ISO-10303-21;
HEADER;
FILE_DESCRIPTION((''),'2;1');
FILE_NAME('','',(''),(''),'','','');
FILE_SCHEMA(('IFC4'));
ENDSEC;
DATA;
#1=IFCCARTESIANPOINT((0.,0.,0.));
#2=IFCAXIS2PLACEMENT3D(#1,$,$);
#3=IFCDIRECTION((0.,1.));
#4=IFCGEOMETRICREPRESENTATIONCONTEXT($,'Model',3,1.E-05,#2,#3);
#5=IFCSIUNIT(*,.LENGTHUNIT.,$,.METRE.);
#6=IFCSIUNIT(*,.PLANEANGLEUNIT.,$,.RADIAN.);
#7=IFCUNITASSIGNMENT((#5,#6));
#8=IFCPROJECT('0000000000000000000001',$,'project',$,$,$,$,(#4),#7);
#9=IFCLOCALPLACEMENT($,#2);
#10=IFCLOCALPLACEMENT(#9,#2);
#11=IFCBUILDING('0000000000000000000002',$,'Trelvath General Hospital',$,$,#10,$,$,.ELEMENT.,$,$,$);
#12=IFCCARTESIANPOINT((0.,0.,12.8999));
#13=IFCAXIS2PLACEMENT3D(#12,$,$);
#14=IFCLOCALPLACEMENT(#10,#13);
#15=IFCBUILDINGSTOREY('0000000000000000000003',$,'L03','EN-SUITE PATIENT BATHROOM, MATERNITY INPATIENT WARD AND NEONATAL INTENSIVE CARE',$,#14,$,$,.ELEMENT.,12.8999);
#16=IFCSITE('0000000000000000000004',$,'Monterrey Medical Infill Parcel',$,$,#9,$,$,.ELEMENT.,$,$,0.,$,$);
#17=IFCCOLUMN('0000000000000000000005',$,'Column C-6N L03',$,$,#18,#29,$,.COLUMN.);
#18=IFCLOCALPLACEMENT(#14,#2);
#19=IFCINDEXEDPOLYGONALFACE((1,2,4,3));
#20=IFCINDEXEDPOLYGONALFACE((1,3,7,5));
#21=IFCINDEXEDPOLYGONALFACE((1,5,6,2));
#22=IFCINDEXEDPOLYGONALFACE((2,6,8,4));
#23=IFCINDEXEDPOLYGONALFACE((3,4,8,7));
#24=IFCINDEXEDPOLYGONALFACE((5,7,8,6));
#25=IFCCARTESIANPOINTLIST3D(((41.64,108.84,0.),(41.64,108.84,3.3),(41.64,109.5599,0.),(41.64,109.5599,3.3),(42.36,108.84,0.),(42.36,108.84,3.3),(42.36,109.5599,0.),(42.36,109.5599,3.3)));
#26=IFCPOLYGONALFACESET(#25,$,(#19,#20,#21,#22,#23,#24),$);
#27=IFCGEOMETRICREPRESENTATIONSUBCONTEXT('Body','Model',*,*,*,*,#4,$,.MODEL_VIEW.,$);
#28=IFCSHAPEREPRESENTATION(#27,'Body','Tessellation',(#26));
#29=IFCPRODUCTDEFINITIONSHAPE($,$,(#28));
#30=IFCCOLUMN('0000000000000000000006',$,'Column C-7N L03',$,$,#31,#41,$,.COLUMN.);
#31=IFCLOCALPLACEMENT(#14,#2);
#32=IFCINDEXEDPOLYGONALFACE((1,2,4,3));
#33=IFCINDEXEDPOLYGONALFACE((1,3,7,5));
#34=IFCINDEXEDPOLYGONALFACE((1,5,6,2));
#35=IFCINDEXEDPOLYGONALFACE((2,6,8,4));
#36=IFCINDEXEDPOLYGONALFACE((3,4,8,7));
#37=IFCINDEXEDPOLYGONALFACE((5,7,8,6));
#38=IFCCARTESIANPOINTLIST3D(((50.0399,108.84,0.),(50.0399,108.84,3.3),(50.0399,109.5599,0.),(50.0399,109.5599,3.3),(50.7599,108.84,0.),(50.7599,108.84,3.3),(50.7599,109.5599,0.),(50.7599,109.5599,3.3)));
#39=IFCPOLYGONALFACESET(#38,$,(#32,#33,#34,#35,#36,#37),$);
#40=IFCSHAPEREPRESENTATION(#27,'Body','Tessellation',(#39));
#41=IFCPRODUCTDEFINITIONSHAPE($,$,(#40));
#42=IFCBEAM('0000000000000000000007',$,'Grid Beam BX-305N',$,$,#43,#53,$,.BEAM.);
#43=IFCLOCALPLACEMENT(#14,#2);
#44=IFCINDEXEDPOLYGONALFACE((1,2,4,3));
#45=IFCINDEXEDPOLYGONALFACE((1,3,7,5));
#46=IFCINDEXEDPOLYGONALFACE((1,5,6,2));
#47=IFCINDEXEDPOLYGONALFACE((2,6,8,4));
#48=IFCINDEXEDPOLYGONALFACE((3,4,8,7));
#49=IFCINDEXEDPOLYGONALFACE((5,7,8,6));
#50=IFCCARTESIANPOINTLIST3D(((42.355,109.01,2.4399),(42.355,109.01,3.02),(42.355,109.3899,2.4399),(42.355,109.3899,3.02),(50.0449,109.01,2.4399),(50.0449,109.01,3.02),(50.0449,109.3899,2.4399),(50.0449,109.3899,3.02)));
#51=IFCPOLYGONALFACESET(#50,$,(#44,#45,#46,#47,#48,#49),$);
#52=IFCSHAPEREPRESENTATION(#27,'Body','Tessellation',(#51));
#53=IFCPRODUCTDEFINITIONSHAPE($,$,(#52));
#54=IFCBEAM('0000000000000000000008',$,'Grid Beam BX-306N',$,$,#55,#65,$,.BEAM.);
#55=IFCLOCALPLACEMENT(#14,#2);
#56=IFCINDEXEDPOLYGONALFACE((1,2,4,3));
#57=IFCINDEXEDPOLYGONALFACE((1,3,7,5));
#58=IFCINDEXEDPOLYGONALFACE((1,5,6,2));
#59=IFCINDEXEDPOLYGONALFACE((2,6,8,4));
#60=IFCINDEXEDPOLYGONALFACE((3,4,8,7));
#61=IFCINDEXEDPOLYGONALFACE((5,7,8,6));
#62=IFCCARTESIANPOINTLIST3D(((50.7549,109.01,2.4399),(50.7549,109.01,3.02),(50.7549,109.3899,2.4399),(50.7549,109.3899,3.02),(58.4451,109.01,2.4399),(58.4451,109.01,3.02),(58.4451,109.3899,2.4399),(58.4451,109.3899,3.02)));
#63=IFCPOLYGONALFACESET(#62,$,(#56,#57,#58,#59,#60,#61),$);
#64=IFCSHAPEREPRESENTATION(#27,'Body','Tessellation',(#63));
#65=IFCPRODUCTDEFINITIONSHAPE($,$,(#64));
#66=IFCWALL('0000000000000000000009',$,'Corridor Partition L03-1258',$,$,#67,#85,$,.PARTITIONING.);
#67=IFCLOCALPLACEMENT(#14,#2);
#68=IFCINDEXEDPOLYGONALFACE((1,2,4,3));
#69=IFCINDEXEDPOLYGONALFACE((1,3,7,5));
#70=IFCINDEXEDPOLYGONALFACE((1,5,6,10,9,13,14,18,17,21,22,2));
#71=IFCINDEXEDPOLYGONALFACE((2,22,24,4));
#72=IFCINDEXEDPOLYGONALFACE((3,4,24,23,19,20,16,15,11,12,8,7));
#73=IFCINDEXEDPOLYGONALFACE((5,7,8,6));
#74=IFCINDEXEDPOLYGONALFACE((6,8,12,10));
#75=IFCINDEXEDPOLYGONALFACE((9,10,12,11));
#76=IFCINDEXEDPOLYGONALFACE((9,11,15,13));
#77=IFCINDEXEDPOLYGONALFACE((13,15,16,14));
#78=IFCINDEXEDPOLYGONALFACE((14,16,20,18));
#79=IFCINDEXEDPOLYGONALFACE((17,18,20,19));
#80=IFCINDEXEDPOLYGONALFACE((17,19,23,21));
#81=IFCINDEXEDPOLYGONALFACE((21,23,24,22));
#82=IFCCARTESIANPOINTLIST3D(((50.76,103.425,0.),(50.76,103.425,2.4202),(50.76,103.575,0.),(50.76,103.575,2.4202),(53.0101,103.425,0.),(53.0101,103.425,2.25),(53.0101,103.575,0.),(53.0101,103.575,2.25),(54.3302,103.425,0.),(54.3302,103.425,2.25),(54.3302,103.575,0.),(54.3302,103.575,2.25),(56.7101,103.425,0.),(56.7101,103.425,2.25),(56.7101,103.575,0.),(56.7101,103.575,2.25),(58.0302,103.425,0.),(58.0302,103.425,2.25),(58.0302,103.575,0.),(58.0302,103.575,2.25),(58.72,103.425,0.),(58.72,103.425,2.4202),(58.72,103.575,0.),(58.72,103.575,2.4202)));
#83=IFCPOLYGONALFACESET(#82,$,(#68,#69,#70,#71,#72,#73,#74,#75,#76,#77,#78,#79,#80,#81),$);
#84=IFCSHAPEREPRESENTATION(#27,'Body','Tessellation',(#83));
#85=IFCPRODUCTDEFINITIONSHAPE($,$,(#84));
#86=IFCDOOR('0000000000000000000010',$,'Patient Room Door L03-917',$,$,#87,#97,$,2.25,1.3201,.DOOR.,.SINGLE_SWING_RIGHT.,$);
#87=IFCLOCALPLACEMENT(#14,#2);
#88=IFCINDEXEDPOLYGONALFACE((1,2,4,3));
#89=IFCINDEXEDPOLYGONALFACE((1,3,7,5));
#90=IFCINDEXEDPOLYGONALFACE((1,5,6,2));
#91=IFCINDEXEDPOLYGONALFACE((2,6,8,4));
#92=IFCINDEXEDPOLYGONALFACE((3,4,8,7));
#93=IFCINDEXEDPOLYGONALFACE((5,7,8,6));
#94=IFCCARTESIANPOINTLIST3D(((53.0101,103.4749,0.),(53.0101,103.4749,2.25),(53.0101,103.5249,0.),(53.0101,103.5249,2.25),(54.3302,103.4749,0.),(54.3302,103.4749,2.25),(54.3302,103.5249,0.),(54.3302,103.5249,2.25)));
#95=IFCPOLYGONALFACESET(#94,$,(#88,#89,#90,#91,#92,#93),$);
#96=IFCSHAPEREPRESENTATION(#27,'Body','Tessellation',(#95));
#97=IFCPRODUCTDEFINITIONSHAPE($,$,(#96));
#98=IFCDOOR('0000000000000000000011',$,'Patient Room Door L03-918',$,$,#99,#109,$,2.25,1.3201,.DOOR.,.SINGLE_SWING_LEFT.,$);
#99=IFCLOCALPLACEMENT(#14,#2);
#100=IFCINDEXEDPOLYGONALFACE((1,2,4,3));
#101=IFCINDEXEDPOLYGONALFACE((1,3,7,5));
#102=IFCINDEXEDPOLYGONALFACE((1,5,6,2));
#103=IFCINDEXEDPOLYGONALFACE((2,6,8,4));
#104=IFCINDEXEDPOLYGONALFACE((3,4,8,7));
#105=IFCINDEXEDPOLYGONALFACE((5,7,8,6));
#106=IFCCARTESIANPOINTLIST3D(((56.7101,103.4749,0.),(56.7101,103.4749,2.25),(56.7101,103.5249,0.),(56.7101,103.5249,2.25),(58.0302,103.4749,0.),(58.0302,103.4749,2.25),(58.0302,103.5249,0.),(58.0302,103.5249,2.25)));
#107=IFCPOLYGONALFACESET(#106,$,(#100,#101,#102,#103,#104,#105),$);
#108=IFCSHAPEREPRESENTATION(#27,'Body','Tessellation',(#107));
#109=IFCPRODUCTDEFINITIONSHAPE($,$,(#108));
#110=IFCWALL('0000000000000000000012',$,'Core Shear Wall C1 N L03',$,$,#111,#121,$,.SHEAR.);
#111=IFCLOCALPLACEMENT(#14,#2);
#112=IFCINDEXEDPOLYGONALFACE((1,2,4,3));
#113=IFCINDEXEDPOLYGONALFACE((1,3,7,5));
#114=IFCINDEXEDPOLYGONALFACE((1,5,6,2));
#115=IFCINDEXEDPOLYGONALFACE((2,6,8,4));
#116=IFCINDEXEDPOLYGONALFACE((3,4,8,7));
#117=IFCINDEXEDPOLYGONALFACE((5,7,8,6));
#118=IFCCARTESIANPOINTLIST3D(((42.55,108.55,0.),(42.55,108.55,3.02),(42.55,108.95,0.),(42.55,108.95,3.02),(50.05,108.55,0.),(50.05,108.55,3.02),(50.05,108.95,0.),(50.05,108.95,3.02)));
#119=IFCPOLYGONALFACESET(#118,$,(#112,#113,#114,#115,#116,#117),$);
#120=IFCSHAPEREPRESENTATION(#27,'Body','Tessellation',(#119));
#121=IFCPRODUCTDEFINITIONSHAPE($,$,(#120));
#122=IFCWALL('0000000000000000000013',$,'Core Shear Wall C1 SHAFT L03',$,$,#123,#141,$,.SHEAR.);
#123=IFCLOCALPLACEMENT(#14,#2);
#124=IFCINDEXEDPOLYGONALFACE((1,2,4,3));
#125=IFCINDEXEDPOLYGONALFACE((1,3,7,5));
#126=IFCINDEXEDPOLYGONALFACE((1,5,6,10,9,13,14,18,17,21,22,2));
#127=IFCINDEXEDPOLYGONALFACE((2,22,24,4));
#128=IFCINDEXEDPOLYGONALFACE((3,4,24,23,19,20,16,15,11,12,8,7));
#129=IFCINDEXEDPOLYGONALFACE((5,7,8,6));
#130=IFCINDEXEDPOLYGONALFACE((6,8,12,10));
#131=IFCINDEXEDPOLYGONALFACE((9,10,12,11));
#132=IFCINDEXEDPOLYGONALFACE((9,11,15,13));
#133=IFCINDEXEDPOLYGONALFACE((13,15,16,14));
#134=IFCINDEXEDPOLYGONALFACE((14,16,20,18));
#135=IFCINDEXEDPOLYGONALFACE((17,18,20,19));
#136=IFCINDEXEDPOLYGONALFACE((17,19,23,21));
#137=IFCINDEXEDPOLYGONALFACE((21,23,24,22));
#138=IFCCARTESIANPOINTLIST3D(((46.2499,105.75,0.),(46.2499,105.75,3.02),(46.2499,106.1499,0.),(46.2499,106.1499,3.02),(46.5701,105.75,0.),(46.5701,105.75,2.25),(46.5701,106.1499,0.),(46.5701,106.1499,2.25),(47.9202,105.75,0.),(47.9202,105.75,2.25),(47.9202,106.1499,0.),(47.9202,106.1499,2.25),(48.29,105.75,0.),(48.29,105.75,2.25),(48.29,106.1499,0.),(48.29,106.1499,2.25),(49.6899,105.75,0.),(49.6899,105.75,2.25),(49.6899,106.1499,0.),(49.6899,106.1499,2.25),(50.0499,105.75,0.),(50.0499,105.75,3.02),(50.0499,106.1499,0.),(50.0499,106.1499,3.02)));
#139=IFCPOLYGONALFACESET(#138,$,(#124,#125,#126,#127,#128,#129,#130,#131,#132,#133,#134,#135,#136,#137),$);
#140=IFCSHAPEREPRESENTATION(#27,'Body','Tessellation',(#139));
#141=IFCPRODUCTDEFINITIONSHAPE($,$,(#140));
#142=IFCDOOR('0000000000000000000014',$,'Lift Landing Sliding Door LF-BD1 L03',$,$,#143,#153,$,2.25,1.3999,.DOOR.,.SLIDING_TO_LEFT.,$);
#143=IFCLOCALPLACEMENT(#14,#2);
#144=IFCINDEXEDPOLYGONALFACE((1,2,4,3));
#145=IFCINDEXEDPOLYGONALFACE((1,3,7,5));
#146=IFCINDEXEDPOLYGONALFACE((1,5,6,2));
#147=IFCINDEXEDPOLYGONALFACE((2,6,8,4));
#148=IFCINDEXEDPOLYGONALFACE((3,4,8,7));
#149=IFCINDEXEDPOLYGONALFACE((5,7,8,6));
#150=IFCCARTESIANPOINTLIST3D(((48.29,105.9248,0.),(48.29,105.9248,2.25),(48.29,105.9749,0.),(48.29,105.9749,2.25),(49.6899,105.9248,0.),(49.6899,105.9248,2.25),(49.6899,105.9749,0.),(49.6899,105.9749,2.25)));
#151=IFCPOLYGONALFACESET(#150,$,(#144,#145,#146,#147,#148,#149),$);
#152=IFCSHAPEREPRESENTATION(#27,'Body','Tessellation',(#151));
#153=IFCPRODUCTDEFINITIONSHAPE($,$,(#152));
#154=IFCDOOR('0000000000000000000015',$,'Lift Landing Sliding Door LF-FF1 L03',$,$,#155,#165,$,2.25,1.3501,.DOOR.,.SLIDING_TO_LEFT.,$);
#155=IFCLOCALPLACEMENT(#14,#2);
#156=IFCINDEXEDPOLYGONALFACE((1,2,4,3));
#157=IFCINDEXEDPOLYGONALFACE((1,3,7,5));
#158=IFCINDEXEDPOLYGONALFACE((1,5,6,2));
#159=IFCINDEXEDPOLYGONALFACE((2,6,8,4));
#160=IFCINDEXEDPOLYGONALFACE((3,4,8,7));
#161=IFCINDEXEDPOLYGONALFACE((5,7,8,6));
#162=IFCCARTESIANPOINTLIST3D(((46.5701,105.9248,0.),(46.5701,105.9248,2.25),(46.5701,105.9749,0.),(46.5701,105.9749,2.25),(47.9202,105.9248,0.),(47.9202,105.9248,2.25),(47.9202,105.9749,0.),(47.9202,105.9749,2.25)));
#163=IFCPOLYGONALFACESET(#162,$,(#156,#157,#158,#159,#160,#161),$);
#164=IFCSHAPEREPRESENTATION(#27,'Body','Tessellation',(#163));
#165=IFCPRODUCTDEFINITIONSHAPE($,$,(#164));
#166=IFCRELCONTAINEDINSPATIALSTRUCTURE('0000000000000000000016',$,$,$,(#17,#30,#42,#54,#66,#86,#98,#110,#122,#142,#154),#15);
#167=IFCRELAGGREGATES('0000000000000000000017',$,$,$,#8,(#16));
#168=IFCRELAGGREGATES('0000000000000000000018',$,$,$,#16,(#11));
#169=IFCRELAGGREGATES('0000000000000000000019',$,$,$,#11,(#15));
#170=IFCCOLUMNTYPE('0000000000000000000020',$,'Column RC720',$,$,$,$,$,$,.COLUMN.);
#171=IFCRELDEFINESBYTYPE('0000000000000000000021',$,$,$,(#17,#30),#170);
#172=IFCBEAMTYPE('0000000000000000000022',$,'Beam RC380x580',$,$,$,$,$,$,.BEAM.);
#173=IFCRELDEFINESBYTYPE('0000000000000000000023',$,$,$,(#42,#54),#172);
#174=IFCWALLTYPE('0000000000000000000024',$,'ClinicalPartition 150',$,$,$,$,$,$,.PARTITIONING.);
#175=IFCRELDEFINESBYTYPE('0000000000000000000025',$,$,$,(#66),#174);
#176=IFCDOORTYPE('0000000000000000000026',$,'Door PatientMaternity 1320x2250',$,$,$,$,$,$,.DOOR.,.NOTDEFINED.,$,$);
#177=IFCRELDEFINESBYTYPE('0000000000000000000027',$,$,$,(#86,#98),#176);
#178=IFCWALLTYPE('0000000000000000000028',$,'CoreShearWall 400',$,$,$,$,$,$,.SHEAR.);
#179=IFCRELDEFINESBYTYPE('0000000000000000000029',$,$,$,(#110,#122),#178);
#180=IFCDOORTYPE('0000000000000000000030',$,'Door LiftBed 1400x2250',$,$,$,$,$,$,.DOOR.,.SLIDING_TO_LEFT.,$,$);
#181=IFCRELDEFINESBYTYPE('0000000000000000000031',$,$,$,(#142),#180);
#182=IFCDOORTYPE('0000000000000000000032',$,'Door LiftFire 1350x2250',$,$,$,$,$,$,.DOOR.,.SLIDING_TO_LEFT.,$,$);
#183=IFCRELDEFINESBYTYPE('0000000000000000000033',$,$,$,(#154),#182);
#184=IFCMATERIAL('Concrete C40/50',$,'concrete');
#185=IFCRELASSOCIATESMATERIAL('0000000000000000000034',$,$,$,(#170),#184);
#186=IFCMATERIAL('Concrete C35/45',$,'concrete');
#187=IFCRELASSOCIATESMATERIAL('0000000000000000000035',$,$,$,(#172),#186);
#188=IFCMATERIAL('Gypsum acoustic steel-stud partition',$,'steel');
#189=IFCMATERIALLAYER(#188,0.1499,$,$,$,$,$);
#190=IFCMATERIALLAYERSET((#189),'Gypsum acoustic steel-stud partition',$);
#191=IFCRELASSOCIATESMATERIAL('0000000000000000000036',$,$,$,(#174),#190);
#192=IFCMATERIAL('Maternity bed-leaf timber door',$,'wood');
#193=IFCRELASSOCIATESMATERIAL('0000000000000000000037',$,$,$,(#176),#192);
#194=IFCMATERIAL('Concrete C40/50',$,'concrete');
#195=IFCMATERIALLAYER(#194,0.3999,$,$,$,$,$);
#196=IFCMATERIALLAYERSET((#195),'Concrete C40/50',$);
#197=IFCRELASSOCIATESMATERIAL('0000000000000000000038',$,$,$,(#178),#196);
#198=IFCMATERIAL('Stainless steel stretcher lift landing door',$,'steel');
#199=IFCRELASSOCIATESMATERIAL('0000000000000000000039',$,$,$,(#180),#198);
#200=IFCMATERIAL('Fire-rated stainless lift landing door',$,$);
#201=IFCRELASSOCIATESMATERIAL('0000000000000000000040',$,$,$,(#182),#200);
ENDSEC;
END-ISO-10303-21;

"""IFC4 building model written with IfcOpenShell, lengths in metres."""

from ifc_helpers import new_model, si_unit, direction, frame, frame_2d, origin, origin_2d, place, context, subcontext, project, spatial, rectangle, extrude, material, layer, layer_set, material_profile, profile_set, type_object, element, fill, save


model = new_model("IFC4")

# Units and contexts
model_context = context("Model", 3, precision=1e-05, world=origin(), true_north=direction((0.0, 1.0)))
body_context = subcontext(model_context, "Body", "Model", "MODEL_VIEW")
ifc_project = project(units=[si_unit("LENGTHUNIT", "METRE"), si_unit("PLANEANGLEUNIT", "RADIAN")], contexts=[model_context])

# Site, building, storey
site_placement = place(None, origin())
site = spatial("IfcSite", under=ifc_project, at=site_placement, Name="Monterrey Medical Infill Parcel", CompositionType="ELEMENT", RefElevation=0.0)
building_placement = place(site_placement, origin())
building = spatial("IfcBuilding", under=site, at=building_placement, Name="Trelvath General Hospital", CompositionType="ELEMENT")
storey_placement = place(building_placement, frame((0.0, 0.0, 12.8999)))
storey = spatial("IfcBuildingStorey", under=building, at=storey_placement, Name="L03", Description="EN-SUITE PATIENT BATHROOM, MATERNITY INPATIENT WARD AND NEONATAL INTENSIVE CARE", CompositionType="ELEMENT", Elevation=12.8999)

# Columns
ifc_material_1 = material(Name="Concrete C40/50", Category="concrete")
ifc_material_profile_1 = material_profile(ifc_material_1, rectangle(XDim=0.72, YDim=0.72, at=origin_2d()), Name="RC720x720")
ifc_profile_set_1 = profile_set([ifc_material_profile_1], Name="Concrete C40/50")
column_type = type_object("IfcColumnType", Name="Column RC720", PredefinedType="COLUMN", material=ifc_profile_set_1)
for number, where, z_axis, x_axis, name in (
    (1, (42.0, 109.2, 0.0), (0.0, 0.0, 1.0), (1.0, 0.0, 0.0), "Column C-6N L03"),
    (2, (50.3999, 109.2, 0.0), (0.0, 0.0, 1.0), (1.0, 0.0, 0.0), "Column C-7N L03"),
):
    element("IfcColumn", number, at=place(storey_placement, frame(where, z_axis=z_axis, x_axis=x_axis)), inside=storey, type_object=column_type, Name=name, PredefinedType="COLUMN", context=body_context, shape_type="SweptSolid", body=[
        extrude(rectangle(XDim=0.72, YDim=0.72, at=origin_2d()), origin(), (0.0, 0.0, 1.0), 3.3),
    ])

# Beams
ifc_material_2 = material(Name="Concrete C35/45", Category="concrete")
ifc_material_profile_2 = material_profile(ifc_material_2, rectangle(XDim=0.3799, YDim=0.5801, at=origin_2d()), Name="RCB380x580")
ifc_profile_set_2 = profile_set([ifc_material_profile_2], Name="Concrete C35/45")
beam_type = type_object("IfcBeamType", Name="Beam RC380x580", PredefinedType="BEAM", material=ifc_profile_set_2)
beam_1_placement = place(storey_placement, frame((42.355, 109.2, 2.73), z_axis=(1.0, 0.0, 0.0), x_axis=(0.0, 1.0, 0.0)))
element("IfcBeam", 3, at=beam_1_placement, inside=storey, type_object=beam_type, Name="Grid Beam BX-305N", PredefinedType="BEAM", context=body_context, shape_type="SweptSolid", body=[
    extrude(rectangle(XDim=0.3799, YDim=0.5801, at=origin_2d()), origin(), (0.0, 0.0, 1.0), 7.6899),
])
beam_2_placement = place(storey_placement, frame((50.7549, 109.2, 2.73), z_axis=(1.0, 0.0, 0.0), x_axis=(0.0, 1.0, 0.0)))
element("IfcBeam", 4, at=beam_2_placement, inside=storey, type_object=beam_type, Name="Grid Beam BX-306N", PredefinedType="BEAM", context=body_context, shape_type="SweptSolid", body=[
    extrude(rectangle(XDim=0.3799, YDim=0.5801, at=origin_2d()), origin(), (0.0, 0.0, 1.0), 7.6902),
])

# Wall, openings, doors
ifc_material_3 = material(Name="Gypsum acoustic steel-stud partition", Category="steel")
ifc_layer_1 = layer(ifc_material_3, 0.1499)
ifc_layer_set_1 = layer_set([ifc_layer_1], Name="Gypsum acoustic steel-stud partition")
wall_type_1 = type_object("IfcWallType", Name="ClinicalPartition 150", PredefinedType="PARTITIONING", material=ifc_layer_set_1)
wall_1_placement = place(storey_placement, frame((50.76, 103.5, 0.0), z_axis=(0.0, 0.0, 1.0), x_axis=(1.0, 0.0, 0.0)))
wall_1 = element("IfcWall", 5, at=wall_1_placement, inside=storey, type_object=wall_type_1, Name="Corridor Partition L03-1258", PredefinedType="PARTITIONING", context=body_context, shape_type="SweptSolid", body=[
    extrude(rectangle(XDim=7.96, YDim=0.1499, at=frame_2d((3.98, 0.0))), origin(), (0.0, 0.0, 1.0), 2.4202),
])
opening_1_placement = place(wall_1_placement, frame((2.25, 0.0, 0.0)))
opening_1 = element("IfcOpeningElement", 6, at=opening_1_placement, cuts=wall_1, PredefinedType="OPENING", context=body_context, shape_type="SweptSolid", body=[
    extrude(rectangle(XDim=1.3201, YDim=2.25, at=frame_2d((0.6602, 1.125))), frame((0.0, 0.085, 0.0), z_axis=(0.0, -1.0, 0.0), x_axis=(1.0, 0.0, 0.0)), (0.0, 0.0, 1.0), 0.1699),
])
opening_2_placement = place(wall_1_placement, frame((5.95, 0.0, 0.0)))
opening_2 = element("IfcOpeningElement", 7, at=opening_2_placement, cuts=wall_1, PredefinedType="OPENING", context=body_context, shape_type="SweptSolid", body=[
    extrude(rectangle(XDim=1.3201, YDim=2.25, at=frame_2d((0.6602, 1.125))), frame((0.0, 0.085, 0.0), z_axis=(0.0, -1.0, 0.0), x_axis=(1.0, 0.0, 0.0)), (0.0, 0.0, 1.0), 0.1699),
])
ifc_material_4 = material(Name="Maternity bed-leaf timber door", Category="wood")
door_type_1 = type_object("IfcDoorType", Name="Door PatientMaternity 1320x2250", OperationType="NOTDEFINED", PredefinedType="DOOR", material=ifc_material_4)
door_1_placement = place(opening_1_placement, origin())
door_1 = element("IfcDoor", 8, at=door_1_placement, inside=storey, type_object=door_type_1, Name="Patient Room Door L03-917", OperationType="SINGLE_SWING_RIGHT", OverallHeight=2.25, OverallWidth=1.3201, PredefinedType="DOOR", context=body_context, shape_type="SweptSolid", body=[
    extrude(rectangle(XDim=1.3201, YDim=2.25, at=frame_2d((0.6602, 1.125))), frame((0.0, 0.0249, 0.0), z_axis=(0.0, -1.0, 0.0), x_axis=(1.0, 0.0, 0.0)), (0.0, 0.0, 1.0), 0.05),
])
fill(opening_1, door_1)
door_2_placement = place(opening_2_placement, origin())
door_2 = element("IfcDoor", 9, at=door_2_placement, inside=storey, type_object=door_type_1, Name="Patient Room Door L03-918", OperationType="SINGLE_SWING_LEFT", OverallHeight=2.25, OverallWidth=1.3201, PredefinedType="DOOR", context=body_context, shape_type="SweptSolid", body=[
    extrude(rectangle(XDim=1.3201, YDim=2.25, at=frame_2d((0.6602, 1.125))), frame((0.0, 0.0249, 0.0), z_axis=(0.0, -1.0, 0.0), x_axis=(1.0, 0.0, 0.0)), (0.0, 0.0, 1.0), 0.05),
])
fill(opening_2, door_2)

# Wall
ifc_material_5 = material(Name="Concrete C40/50", Category="concrete")
ifc_layer_2 = layer(ifc_material_5, 0.3999)
ifc_layer_set_2 = layer_set([ifc_layer_2], Name="Concrete C40/50")
wall_type_2 = type_object("IfcWallType", Name="CoreShearWall 400", PredefinedType="SHEAR", material=ifc_layer_set_2)
wall_2_placement = place(storey_placement, frame((42.55, 108.75, 0.0), z_axis=(0.0, 0.0, 1.0), x_axis=(1.0, 0.0, 0.0)))
element("IfcWall", 10, at=wall_2_placement, inside=storey, type_object=wall_type_2, Name="Core Shear Wall C1 N L03", PredefinedType="SHEAR", context=body_context, shape_type="SweptSolid", body=[
    extrude(rectangle(XDim=7.5, YDim=0.3999, at=frame_2d((3.75, 0.0))), origin(), (0.0, 0.0, 1.0), 3.02),
])

# Wall, openings, doors
wall_3_placement = place(storey_placement, frame((46.25, 105.95, 0.0), z_axis=(0.0, 0.0, 1.0), x_axis=(1.0, 0.0, 0.0)))
wall_3 = element("IfcWall", 11, at=wall_3_placement, inside=storey, type_object=wall_type_2, Name="Core Shear Wall C1 SHAFT L03", PredefinedType="SHEAR", context=body_context, shape_type="SweptSolid", body=[
    extrude(rectangle(XDim=3.8, YDim=0.3999, at=frame_2d((1.8999, 0.0))), origin(), (0.0, 0.0, 1.0), 3.02),
])
opening_3_placement = place(wall_3_placement, frame((0.3201, 0.0, 0.0)))
opening_3 = element("IfcOpeningElement", 12, at=opening_3_placement, cuts=wall_3, PredefinedType="OPENING", context=body_context, shape_type="SweptSolid", body=[
    extrude(rectangle(XDim=1.3501, YDim=2.25, at=frame_2d((0.675, 1.125))), frame((0.0, 0.21, 0.0), z_axis=(0.0, -1.0, 0.0), x_axis=(1.0, 0.0, 0.0)), (0.0, 0.0, 1.0), 0.4199),
])
opening_4_placement = place(wall_3_placement, frame((2.04, 0.0, 0.0)))
opening_4 = element("IfcOpeningElement", 13, at=opening_4_placement, cuts=wall_3, PredefinedType="OPENING", context=body_context, shape_type="SweptSolid", body=[
    extrude(rectangle(XDim=1.3999, YDim=2.25, at=frame_2d((0.7, 1.125))), frame((0.0, 0.21, 0.0), z_axis=(0.0, -1.0, 0.0), x_axis=(1.0, 0.0, 0.0)), (0.0, 0.0, 1.0), 0.4199),
])
ifc_material_6 = material(Name="Stainless steel stretcher lift landing door", Category="steel")
door_type_2 = type_object("IfcDoorType", Name="Door LiftBed 1400x2250", OperationType="SLIDING_TO_LEFT", PredefinedType="DOOR", material=ifc_material_6)
door_3_placement = place(opening_4_placement, origin())
door_3 = element("IfcDoor", 14, at=door_3_placement, inside=storey, type_object=door_type_2, Name="Lift Landing Sliding Door LF-BD1 L03", OperationType="SLIDING_TO_LEFT", OverallHeight=2.25, OverallWidth=1.3999, PredefinedType="DOOR", context=body_context, shape_type="SweptSolid", body=[
    extrude(rectangle(XDim=1.3999, YDim=2.25, at=frame_2d((0.7, 1.125))), frame((0.0, 0.0249, 0.0), z_axis=(0.0, -1.0, 0.0), x_axis=(1.0, 0.0, 0.0)), (0.0, 0.0, 1.0), 0.05),
])
fill(opening_4, door_3)
ifc_material_7 = material(Name="Fire-rated stainless lift landing door")
door_type_3 = type_object("IfcDoorType", Name="Door LiftFire 1350x2250", OperationType="SLIDING_TO_LEFT", PredefinedType="DOOR", material=ifc_material_7)
door_4_placement = place(opening_3_placement, origin())
door_4 = element("IfcDoor", 15, at=door_4_placement, inside=storey, type_object=door_type_3, Name="Lift Landing Sliding Door LF-FF1 L03", OperationType="SLIDING_TO_LEFT", OverallHeight=2.25, OverallWidth=1.3501, PredefinedType="DOOR", context=body_context, shape_type="SweptSolid", body=[
    extrude(rectangle(XDim=1.3501, YDim=2.25, at=frame_2d((0.675, 1.125))), frame((0.0, 0.0249, 0.0), z_axis=(0.0, -1.0, 0.0), x_axis=(1.0, 0.0, 0.0)), (0.0, 0.0, 1.0), 0.05),
])
fill(opening_3, door_4)

save(model, "model.ifc")
